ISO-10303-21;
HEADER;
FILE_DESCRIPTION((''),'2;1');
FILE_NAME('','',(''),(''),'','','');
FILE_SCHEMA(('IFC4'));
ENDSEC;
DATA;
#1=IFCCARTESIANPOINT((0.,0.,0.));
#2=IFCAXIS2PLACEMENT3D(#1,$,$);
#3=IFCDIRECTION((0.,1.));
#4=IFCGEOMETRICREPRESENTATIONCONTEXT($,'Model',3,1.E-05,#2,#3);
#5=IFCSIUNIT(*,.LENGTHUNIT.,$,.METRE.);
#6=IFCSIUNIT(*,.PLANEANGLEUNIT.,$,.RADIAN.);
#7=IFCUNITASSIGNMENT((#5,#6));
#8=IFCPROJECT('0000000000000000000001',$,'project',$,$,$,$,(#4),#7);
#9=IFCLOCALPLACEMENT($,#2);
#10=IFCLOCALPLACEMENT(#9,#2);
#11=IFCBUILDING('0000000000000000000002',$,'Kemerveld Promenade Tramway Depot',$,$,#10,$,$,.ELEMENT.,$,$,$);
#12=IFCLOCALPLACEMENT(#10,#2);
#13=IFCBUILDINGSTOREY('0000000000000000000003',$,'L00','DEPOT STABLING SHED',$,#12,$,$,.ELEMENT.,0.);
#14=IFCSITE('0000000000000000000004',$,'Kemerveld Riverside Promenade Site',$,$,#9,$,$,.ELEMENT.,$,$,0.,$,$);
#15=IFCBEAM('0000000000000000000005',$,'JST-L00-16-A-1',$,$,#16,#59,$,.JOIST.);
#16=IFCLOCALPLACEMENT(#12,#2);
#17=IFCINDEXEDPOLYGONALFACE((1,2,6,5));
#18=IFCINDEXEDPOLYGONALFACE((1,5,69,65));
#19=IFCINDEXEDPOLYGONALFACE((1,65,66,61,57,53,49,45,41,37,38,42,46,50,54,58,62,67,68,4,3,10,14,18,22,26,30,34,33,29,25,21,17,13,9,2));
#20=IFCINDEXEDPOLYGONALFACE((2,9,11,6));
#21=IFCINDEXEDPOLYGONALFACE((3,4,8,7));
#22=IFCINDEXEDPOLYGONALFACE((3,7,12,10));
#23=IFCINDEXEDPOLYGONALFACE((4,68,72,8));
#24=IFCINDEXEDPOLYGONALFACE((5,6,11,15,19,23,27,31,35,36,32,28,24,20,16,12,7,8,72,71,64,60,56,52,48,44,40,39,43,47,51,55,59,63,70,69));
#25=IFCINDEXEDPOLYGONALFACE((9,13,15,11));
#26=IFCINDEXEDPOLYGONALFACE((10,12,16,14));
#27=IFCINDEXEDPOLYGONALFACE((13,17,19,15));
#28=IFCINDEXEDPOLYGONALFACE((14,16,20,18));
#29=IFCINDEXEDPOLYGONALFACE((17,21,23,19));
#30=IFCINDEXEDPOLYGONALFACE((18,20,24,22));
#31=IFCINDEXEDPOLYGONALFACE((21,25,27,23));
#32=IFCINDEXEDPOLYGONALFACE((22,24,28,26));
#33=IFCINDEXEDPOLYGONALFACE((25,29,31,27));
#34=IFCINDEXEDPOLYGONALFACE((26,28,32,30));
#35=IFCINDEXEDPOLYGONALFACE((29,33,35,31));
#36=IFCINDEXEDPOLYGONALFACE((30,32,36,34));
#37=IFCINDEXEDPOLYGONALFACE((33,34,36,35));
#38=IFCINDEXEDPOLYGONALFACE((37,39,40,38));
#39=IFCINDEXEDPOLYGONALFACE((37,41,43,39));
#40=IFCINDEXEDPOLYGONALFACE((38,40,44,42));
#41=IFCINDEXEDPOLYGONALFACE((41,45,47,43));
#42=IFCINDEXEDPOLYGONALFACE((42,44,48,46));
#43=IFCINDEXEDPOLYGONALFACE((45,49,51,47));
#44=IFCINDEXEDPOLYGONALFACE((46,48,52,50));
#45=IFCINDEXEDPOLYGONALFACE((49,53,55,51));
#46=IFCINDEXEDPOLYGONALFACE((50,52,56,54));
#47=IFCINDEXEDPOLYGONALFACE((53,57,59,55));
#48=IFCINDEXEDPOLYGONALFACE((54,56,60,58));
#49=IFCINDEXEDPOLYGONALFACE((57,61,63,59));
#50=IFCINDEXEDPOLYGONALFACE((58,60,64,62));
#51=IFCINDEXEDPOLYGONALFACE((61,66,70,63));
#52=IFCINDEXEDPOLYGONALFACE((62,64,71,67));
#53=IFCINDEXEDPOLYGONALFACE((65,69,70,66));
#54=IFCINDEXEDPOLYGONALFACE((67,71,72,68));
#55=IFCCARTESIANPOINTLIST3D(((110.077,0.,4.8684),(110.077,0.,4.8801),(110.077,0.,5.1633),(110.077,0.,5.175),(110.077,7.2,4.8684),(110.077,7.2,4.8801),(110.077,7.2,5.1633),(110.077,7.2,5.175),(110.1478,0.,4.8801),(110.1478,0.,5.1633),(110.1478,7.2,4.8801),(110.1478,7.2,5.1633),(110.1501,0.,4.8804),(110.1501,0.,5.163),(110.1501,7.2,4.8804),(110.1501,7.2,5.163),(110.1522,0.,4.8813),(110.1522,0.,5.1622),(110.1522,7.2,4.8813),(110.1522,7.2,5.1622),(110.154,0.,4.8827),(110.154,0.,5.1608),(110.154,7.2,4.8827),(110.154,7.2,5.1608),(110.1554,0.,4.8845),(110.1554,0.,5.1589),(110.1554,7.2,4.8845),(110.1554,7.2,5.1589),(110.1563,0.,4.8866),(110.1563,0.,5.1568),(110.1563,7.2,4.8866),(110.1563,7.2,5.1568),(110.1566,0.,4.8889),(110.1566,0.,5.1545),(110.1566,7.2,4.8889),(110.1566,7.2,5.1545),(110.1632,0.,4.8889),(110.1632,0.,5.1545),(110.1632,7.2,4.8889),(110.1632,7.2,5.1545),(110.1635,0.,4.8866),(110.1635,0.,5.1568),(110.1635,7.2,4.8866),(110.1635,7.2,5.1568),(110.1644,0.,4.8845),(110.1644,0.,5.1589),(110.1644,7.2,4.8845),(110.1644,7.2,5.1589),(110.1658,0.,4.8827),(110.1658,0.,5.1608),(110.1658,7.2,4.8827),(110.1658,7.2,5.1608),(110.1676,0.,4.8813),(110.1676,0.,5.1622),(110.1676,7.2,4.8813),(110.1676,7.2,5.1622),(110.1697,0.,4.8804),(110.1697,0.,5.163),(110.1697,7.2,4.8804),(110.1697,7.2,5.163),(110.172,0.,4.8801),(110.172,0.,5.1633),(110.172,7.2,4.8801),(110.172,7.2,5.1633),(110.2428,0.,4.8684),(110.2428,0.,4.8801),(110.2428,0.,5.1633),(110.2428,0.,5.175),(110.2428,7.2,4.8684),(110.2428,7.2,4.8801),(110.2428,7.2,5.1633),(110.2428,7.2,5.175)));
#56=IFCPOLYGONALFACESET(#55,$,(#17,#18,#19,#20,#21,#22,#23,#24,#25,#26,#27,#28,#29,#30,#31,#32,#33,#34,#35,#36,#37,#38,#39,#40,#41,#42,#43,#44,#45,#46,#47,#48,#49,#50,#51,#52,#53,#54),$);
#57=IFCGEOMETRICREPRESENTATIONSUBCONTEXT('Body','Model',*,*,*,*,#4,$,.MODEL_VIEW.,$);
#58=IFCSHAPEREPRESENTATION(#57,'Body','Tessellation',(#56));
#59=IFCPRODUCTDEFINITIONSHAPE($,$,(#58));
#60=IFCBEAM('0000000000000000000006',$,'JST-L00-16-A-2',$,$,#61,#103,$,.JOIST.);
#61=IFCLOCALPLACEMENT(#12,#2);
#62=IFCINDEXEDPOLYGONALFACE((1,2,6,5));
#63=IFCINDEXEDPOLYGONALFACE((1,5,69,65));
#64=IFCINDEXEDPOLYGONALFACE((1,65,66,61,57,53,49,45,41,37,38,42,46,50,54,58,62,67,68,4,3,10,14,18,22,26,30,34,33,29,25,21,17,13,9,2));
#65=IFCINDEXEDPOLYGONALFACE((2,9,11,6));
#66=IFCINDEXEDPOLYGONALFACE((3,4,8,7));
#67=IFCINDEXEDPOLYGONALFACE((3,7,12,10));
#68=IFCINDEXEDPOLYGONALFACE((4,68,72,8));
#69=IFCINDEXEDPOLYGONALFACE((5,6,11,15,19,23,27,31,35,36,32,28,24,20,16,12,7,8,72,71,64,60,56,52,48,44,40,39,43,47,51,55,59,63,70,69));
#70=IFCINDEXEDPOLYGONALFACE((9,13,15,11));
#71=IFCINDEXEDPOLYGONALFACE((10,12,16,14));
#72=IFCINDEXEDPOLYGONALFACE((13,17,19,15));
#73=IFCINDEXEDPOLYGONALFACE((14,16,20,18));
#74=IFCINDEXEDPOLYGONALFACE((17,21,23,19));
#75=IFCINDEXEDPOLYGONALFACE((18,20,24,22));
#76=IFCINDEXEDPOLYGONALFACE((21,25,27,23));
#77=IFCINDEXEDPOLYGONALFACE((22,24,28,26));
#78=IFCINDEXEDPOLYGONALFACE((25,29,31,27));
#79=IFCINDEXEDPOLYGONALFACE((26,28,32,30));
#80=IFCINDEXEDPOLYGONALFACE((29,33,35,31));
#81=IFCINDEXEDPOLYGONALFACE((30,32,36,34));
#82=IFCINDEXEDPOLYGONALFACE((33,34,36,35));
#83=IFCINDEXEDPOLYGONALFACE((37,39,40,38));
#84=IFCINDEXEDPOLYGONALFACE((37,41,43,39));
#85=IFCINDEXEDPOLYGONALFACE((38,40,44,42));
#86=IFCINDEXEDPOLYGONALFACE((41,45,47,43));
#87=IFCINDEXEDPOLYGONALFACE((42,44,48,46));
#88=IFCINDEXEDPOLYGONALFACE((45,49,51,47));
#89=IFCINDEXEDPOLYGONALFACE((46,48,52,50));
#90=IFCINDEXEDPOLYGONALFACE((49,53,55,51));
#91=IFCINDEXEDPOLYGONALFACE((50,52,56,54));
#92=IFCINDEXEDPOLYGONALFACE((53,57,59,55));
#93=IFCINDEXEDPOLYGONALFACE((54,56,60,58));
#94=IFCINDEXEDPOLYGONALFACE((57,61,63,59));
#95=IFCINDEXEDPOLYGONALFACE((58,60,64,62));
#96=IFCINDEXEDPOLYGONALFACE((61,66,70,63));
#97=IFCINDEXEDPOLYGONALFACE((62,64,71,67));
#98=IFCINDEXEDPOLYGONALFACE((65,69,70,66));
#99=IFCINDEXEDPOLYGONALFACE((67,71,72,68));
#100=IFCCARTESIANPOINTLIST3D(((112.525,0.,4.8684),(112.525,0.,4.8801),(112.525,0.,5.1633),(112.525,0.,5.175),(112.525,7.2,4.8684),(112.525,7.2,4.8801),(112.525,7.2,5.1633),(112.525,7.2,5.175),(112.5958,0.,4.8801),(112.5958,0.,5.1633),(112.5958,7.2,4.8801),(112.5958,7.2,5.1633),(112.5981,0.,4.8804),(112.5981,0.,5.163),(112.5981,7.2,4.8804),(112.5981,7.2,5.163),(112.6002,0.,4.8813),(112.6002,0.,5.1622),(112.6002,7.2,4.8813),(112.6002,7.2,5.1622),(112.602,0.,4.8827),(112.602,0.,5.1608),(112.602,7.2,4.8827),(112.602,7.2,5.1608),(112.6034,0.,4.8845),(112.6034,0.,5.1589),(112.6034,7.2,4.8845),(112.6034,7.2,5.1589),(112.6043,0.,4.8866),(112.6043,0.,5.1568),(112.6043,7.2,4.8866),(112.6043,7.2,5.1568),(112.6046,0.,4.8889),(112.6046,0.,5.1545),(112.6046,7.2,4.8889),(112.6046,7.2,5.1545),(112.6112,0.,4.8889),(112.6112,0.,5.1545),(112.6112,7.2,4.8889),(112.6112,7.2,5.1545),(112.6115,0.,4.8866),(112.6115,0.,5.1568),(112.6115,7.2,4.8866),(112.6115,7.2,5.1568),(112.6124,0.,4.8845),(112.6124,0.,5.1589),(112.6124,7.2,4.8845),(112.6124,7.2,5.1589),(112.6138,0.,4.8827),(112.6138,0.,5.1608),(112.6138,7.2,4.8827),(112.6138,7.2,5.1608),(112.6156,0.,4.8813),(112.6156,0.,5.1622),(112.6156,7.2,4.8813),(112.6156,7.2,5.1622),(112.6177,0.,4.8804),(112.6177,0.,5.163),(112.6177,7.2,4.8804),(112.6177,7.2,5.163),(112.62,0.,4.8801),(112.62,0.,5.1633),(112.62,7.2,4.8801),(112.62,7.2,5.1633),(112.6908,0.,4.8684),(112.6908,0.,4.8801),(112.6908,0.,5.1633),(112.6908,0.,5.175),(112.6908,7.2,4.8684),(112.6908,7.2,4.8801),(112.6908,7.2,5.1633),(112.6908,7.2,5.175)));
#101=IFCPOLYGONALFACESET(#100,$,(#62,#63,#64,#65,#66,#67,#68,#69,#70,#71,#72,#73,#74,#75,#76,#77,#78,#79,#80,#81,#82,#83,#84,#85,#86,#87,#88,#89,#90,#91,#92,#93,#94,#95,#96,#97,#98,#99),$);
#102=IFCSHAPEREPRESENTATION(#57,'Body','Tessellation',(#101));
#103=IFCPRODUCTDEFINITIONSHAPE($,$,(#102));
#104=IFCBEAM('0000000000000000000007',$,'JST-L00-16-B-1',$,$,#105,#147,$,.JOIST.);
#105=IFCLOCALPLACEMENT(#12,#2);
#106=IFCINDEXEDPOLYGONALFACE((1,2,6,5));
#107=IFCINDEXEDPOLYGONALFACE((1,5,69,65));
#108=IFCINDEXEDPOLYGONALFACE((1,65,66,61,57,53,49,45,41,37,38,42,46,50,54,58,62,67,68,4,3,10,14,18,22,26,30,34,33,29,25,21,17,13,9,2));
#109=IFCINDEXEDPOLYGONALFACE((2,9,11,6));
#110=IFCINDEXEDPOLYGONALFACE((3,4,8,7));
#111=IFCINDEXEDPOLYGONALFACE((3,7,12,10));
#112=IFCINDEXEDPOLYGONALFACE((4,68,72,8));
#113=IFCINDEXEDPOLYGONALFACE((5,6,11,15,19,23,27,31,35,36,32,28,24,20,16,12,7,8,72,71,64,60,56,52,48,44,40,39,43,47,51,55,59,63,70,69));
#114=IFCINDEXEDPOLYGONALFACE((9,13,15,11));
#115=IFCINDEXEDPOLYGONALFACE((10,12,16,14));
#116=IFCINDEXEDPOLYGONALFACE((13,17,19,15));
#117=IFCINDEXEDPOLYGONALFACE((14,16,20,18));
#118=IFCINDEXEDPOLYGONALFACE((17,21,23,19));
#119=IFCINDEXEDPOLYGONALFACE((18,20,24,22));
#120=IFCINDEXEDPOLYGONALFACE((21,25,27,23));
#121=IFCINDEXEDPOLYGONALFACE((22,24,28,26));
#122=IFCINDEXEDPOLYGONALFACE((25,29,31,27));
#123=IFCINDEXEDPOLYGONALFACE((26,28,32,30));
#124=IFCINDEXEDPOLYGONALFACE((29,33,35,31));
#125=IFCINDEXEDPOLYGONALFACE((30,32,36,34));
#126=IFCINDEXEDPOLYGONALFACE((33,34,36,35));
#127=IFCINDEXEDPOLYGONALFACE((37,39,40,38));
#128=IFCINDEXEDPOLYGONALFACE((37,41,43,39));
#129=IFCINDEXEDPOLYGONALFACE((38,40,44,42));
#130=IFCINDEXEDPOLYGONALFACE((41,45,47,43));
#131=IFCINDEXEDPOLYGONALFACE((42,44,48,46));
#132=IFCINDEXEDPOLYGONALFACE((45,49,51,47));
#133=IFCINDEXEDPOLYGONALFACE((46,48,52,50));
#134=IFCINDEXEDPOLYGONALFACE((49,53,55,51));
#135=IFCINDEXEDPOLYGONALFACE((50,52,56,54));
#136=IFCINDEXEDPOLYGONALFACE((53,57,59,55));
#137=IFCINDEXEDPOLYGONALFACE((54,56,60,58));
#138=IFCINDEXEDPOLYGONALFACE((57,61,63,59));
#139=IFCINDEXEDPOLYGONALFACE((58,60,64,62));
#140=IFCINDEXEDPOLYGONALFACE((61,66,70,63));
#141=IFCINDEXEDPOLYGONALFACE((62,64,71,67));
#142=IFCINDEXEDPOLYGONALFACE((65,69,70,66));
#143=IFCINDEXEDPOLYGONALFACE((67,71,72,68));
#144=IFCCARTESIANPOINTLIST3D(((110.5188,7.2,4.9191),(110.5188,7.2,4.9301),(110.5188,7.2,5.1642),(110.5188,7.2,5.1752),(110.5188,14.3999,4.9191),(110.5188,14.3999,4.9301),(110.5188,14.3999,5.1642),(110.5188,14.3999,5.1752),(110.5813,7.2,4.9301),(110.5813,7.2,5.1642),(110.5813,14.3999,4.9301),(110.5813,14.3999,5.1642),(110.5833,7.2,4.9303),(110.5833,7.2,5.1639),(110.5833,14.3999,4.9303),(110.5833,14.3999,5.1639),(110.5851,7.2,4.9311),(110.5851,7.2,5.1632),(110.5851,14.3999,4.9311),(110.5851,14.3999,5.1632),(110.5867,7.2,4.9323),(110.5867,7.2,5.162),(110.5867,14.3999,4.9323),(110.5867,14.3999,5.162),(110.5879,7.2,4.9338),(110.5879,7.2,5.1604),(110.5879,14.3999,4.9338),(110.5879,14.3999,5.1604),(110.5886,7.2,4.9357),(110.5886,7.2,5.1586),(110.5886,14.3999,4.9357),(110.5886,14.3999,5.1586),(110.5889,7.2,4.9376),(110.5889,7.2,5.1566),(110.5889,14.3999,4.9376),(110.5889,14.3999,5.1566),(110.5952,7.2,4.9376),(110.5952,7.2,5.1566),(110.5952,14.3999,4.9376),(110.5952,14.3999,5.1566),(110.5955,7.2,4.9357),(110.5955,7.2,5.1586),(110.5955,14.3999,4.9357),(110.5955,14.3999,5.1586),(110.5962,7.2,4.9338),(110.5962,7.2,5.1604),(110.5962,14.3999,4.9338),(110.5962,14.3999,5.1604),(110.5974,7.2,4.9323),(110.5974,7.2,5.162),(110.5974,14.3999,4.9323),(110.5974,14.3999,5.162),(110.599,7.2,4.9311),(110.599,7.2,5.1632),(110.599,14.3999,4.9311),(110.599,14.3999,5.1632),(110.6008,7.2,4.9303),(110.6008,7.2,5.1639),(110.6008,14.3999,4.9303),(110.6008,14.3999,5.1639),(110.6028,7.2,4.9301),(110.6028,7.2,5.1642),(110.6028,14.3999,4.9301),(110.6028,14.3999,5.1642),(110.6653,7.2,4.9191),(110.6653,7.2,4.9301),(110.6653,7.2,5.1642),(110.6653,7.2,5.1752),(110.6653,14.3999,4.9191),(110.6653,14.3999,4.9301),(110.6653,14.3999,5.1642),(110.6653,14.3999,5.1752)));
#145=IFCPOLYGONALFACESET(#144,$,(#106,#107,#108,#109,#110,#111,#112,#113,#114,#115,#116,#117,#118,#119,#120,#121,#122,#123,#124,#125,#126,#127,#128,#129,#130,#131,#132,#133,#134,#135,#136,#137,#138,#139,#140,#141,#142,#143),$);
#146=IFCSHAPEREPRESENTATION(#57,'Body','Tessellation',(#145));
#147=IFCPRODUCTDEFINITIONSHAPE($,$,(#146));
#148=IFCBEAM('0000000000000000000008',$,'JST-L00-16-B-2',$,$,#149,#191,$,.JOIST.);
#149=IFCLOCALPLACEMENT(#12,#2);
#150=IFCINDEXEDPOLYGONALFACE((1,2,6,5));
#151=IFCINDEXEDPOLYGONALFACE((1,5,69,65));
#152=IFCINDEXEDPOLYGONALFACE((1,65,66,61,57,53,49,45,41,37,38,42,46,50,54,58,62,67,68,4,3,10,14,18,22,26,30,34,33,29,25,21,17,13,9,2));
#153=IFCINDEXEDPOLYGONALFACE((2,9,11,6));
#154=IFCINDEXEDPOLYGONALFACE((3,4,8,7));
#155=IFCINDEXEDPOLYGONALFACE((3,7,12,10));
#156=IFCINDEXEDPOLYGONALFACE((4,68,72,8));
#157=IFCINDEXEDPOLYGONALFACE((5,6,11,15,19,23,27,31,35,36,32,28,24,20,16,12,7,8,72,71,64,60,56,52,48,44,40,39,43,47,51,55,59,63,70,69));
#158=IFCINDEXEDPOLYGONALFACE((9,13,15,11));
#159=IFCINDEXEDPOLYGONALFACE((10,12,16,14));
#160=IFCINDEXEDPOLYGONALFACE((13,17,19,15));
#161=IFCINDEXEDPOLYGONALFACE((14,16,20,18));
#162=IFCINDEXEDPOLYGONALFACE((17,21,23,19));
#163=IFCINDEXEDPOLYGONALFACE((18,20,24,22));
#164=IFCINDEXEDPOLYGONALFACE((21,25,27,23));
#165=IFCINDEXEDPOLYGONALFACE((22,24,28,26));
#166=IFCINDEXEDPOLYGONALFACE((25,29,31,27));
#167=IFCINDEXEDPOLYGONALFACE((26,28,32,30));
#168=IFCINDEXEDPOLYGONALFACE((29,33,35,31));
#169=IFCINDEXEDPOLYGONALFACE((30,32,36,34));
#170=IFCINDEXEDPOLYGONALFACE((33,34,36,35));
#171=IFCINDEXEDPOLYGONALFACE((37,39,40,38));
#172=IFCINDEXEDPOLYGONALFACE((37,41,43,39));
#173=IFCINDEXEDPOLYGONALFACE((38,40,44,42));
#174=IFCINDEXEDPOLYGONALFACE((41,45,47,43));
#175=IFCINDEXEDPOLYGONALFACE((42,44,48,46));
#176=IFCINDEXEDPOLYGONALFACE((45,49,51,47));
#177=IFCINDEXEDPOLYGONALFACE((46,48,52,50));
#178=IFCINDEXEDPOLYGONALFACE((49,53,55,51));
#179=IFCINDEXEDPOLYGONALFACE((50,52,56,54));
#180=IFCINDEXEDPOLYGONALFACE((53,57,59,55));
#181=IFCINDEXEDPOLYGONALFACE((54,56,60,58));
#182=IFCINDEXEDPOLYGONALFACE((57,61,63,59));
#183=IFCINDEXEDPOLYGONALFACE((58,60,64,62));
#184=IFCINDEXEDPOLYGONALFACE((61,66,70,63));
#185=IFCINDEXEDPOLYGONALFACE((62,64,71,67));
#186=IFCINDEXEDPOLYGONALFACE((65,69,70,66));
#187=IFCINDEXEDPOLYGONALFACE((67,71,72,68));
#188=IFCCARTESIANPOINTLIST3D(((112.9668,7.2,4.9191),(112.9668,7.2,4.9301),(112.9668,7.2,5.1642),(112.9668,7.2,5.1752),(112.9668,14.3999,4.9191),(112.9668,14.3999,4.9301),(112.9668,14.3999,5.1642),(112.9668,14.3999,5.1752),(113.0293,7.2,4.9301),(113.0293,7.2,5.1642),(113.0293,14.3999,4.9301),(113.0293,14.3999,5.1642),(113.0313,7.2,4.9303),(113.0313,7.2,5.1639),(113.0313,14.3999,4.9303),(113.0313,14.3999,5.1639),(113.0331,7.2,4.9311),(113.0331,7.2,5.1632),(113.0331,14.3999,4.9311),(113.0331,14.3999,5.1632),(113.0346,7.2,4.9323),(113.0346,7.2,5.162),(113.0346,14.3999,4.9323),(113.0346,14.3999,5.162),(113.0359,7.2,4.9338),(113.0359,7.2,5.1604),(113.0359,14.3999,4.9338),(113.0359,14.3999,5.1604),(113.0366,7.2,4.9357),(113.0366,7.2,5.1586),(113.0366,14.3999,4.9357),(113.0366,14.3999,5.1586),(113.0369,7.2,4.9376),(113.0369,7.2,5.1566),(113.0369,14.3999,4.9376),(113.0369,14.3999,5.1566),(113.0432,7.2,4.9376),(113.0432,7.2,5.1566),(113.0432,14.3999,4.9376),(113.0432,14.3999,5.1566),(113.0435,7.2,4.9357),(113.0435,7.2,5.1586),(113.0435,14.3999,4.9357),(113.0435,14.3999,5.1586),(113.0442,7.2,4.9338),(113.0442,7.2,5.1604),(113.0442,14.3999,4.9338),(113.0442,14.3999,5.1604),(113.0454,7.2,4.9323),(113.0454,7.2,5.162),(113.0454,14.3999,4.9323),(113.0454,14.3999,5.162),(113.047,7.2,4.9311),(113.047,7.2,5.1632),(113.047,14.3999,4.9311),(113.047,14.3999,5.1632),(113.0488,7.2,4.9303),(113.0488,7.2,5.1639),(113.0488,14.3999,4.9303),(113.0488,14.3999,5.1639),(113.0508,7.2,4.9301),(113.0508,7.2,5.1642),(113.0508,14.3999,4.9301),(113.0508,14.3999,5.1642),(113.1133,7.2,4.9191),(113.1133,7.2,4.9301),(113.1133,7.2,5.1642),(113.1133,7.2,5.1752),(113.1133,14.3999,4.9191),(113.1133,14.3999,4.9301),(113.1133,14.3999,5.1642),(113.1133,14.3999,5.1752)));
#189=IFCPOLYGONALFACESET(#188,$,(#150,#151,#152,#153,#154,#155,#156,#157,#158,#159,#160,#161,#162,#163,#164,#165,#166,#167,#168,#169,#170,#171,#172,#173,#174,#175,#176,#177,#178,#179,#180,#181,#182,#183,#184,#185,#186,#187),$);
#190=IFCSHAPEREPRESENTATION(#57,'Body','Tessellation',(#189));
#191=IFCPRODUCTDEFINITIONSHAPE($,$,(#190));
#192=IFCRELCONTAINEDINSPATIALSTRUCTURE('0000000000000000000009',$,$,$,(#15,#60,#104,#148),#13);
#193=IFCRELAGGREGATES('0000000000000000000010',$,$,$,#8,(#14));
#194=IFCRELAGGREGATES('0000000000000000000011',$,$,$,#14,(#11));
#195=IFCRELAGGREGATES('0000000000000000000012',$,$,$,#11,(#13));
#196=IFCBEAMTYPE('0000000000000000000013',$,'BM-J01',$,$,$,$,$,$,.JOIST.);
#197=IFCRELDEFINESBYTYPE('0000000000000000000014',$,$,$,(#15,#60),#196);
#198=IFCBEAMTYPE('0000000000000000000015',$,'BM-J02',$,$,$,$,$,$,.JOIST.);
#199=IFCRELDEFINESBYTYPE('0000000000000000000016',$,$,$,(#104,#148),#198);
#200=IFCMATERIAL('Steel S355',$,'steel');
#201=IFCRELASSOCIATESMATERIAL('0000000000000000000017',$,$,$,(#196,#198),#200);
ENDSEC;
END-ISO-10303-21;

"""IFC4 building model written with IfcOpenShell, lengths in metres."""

from ifc_helpers import new_model, si_unit, direction, frame, origin, origin_2d, place, context, subcontext, project, spatial, i_section, extrude, material, material_profile, profile_set, type_object, element, save


model = new_model("IFC4")

# Units and contexts
model_context = context("Model", 3, precision=1e-05, world=origin(), true_north=direction((0.0, 1.0)))
body_context = subcontext(model_context, "Body", "Model", "MODEL_VIEW")
ifc_project = project(units=[si_unit("LENGTHUNIT", "METRE"), si_unit("PLANEANGLEUNIT", "RADIAN")], contexts=[model_context])

# Site, building, storey
site_placement = place(None, origin())
site = spatial("IfcSite", under=ifc_project, at=site_placement, Name="Kemerveld Riverside Promenade Site", CompositionType="ELEMENT", RefElevation=0.0)
building_placement = place(site_placement, origin())
building = spatial("IfcBuilding", under=site, at=building_placement, Name="Kemerveld Promenade Tramway Depot", CompositionType="ELEMENT")
storey_placement = place(building_placement, origin())
storey = spatial("IfcBuildingStorey", under=building, at=storey_placement, Name="L00", Description="DEPOT STABLING SHED", CompositionType="ELEMENT", Elevation=0.0)

# Shared definitions
ifc_material_1 = material(Name="Steel S355", Category="steel")

# Beams
ifc_material_profile_1 = material_profile(ifc_material_1, i_section(OverallWidth=0.1658, OverallDepth=0.3066, WebThickness=0.0066, FlangeThickness=0.0117, FilletRadius=0.0088, at=origin_2d()), Name="305x165x46 UB")
ifc_profile_set_1 = profile_set([ifc_material_profile_1], Name="Steel S355")
beam_type_1 = type_object("IfcBeamType", Name="BM-J01", PredefinedType="JOIST", material=ifc_profile_set_1)
for number, where, z_axis, x_axis, name in (
    (1, (110.1599, 0.0, 5.0217), (0.0, 1.0, 0.0), (-1.0, 0.0, 0.0), "JST-L00-16-A-1"),
    (2, (112.6079, 0.0, 5.0217), (0.0, 1.0, 0.0), (-1.0, 0.0, 0.0), "JST-L00-16-A-2"),
):
    element("IfcBeam", number, at=place(storey_placement, frame(where, z_axis=z_axis, x_axis=x_axis)), inside=storey, type_object=beam_type_1, Name=name, PredefinedType="JOIST", context=body_context, shape_type="SweptSolid", body=[
        extrude(i_section(OverallWidth=0.1658, OverallDepth=0.3066, WebThickness=0.0066, FlangeThickness=0.0117, FilletRadius=0.0088, at=origin_2d()), origin(), (0.0, 0.0, 1.0), 7.2),
    ])
ifc_material_profile_2 = material_profile(ifc_material_1, i_section(OverallWidth=0.1465, OverallDepth=0.2561, WebThickness=0.0063, FlangeThickness=0.011, FilletRadius=0.0076, at=origin_2d()), Name="254x146x37 UB")
ifc_profile_set_2 = profile_set([ifc_material_profile_2], Name="Steel S355")
beam_type_2 = type_object("IfcBeamType", Name="BM-J02", PredefinedType="JOIST", material=ifc_profile_set_2)
for number, where, z_axis, x_axis, name in (
    (3, (110.592, 7.2, 5.0471), (0.0, 1.0, 0.0), (-1.0, 0.0, 0.0), "JST-L00-16-B-1"),
    (4, (113.04, 7.2, 5.0471), (0.0, 1.0, 0.0), (-1.0, 0.0, 0.0), "JST-L00-16-B-2"),
):
    element("IfcBeam", number, at=place(storey_placement, frame(where, z_axis=z_axis, x_axis=x_axis)), inside=storey, type_object=beam_type_2, Name=name, PredefinedType="JOIST", context=body_context, shape_type="SweptSolid", body=[
        extrude(i_section(OverallWidth=0.1465, OverallDepth=0.2561, WebThickness=0.0063, FlangeThickness=0.011, FilletRadius=0.0076, at=origin_2d()), origin(), (0.0, 0.0, 1.0), 7.2),
    ])

save(model, "model.ifc")
